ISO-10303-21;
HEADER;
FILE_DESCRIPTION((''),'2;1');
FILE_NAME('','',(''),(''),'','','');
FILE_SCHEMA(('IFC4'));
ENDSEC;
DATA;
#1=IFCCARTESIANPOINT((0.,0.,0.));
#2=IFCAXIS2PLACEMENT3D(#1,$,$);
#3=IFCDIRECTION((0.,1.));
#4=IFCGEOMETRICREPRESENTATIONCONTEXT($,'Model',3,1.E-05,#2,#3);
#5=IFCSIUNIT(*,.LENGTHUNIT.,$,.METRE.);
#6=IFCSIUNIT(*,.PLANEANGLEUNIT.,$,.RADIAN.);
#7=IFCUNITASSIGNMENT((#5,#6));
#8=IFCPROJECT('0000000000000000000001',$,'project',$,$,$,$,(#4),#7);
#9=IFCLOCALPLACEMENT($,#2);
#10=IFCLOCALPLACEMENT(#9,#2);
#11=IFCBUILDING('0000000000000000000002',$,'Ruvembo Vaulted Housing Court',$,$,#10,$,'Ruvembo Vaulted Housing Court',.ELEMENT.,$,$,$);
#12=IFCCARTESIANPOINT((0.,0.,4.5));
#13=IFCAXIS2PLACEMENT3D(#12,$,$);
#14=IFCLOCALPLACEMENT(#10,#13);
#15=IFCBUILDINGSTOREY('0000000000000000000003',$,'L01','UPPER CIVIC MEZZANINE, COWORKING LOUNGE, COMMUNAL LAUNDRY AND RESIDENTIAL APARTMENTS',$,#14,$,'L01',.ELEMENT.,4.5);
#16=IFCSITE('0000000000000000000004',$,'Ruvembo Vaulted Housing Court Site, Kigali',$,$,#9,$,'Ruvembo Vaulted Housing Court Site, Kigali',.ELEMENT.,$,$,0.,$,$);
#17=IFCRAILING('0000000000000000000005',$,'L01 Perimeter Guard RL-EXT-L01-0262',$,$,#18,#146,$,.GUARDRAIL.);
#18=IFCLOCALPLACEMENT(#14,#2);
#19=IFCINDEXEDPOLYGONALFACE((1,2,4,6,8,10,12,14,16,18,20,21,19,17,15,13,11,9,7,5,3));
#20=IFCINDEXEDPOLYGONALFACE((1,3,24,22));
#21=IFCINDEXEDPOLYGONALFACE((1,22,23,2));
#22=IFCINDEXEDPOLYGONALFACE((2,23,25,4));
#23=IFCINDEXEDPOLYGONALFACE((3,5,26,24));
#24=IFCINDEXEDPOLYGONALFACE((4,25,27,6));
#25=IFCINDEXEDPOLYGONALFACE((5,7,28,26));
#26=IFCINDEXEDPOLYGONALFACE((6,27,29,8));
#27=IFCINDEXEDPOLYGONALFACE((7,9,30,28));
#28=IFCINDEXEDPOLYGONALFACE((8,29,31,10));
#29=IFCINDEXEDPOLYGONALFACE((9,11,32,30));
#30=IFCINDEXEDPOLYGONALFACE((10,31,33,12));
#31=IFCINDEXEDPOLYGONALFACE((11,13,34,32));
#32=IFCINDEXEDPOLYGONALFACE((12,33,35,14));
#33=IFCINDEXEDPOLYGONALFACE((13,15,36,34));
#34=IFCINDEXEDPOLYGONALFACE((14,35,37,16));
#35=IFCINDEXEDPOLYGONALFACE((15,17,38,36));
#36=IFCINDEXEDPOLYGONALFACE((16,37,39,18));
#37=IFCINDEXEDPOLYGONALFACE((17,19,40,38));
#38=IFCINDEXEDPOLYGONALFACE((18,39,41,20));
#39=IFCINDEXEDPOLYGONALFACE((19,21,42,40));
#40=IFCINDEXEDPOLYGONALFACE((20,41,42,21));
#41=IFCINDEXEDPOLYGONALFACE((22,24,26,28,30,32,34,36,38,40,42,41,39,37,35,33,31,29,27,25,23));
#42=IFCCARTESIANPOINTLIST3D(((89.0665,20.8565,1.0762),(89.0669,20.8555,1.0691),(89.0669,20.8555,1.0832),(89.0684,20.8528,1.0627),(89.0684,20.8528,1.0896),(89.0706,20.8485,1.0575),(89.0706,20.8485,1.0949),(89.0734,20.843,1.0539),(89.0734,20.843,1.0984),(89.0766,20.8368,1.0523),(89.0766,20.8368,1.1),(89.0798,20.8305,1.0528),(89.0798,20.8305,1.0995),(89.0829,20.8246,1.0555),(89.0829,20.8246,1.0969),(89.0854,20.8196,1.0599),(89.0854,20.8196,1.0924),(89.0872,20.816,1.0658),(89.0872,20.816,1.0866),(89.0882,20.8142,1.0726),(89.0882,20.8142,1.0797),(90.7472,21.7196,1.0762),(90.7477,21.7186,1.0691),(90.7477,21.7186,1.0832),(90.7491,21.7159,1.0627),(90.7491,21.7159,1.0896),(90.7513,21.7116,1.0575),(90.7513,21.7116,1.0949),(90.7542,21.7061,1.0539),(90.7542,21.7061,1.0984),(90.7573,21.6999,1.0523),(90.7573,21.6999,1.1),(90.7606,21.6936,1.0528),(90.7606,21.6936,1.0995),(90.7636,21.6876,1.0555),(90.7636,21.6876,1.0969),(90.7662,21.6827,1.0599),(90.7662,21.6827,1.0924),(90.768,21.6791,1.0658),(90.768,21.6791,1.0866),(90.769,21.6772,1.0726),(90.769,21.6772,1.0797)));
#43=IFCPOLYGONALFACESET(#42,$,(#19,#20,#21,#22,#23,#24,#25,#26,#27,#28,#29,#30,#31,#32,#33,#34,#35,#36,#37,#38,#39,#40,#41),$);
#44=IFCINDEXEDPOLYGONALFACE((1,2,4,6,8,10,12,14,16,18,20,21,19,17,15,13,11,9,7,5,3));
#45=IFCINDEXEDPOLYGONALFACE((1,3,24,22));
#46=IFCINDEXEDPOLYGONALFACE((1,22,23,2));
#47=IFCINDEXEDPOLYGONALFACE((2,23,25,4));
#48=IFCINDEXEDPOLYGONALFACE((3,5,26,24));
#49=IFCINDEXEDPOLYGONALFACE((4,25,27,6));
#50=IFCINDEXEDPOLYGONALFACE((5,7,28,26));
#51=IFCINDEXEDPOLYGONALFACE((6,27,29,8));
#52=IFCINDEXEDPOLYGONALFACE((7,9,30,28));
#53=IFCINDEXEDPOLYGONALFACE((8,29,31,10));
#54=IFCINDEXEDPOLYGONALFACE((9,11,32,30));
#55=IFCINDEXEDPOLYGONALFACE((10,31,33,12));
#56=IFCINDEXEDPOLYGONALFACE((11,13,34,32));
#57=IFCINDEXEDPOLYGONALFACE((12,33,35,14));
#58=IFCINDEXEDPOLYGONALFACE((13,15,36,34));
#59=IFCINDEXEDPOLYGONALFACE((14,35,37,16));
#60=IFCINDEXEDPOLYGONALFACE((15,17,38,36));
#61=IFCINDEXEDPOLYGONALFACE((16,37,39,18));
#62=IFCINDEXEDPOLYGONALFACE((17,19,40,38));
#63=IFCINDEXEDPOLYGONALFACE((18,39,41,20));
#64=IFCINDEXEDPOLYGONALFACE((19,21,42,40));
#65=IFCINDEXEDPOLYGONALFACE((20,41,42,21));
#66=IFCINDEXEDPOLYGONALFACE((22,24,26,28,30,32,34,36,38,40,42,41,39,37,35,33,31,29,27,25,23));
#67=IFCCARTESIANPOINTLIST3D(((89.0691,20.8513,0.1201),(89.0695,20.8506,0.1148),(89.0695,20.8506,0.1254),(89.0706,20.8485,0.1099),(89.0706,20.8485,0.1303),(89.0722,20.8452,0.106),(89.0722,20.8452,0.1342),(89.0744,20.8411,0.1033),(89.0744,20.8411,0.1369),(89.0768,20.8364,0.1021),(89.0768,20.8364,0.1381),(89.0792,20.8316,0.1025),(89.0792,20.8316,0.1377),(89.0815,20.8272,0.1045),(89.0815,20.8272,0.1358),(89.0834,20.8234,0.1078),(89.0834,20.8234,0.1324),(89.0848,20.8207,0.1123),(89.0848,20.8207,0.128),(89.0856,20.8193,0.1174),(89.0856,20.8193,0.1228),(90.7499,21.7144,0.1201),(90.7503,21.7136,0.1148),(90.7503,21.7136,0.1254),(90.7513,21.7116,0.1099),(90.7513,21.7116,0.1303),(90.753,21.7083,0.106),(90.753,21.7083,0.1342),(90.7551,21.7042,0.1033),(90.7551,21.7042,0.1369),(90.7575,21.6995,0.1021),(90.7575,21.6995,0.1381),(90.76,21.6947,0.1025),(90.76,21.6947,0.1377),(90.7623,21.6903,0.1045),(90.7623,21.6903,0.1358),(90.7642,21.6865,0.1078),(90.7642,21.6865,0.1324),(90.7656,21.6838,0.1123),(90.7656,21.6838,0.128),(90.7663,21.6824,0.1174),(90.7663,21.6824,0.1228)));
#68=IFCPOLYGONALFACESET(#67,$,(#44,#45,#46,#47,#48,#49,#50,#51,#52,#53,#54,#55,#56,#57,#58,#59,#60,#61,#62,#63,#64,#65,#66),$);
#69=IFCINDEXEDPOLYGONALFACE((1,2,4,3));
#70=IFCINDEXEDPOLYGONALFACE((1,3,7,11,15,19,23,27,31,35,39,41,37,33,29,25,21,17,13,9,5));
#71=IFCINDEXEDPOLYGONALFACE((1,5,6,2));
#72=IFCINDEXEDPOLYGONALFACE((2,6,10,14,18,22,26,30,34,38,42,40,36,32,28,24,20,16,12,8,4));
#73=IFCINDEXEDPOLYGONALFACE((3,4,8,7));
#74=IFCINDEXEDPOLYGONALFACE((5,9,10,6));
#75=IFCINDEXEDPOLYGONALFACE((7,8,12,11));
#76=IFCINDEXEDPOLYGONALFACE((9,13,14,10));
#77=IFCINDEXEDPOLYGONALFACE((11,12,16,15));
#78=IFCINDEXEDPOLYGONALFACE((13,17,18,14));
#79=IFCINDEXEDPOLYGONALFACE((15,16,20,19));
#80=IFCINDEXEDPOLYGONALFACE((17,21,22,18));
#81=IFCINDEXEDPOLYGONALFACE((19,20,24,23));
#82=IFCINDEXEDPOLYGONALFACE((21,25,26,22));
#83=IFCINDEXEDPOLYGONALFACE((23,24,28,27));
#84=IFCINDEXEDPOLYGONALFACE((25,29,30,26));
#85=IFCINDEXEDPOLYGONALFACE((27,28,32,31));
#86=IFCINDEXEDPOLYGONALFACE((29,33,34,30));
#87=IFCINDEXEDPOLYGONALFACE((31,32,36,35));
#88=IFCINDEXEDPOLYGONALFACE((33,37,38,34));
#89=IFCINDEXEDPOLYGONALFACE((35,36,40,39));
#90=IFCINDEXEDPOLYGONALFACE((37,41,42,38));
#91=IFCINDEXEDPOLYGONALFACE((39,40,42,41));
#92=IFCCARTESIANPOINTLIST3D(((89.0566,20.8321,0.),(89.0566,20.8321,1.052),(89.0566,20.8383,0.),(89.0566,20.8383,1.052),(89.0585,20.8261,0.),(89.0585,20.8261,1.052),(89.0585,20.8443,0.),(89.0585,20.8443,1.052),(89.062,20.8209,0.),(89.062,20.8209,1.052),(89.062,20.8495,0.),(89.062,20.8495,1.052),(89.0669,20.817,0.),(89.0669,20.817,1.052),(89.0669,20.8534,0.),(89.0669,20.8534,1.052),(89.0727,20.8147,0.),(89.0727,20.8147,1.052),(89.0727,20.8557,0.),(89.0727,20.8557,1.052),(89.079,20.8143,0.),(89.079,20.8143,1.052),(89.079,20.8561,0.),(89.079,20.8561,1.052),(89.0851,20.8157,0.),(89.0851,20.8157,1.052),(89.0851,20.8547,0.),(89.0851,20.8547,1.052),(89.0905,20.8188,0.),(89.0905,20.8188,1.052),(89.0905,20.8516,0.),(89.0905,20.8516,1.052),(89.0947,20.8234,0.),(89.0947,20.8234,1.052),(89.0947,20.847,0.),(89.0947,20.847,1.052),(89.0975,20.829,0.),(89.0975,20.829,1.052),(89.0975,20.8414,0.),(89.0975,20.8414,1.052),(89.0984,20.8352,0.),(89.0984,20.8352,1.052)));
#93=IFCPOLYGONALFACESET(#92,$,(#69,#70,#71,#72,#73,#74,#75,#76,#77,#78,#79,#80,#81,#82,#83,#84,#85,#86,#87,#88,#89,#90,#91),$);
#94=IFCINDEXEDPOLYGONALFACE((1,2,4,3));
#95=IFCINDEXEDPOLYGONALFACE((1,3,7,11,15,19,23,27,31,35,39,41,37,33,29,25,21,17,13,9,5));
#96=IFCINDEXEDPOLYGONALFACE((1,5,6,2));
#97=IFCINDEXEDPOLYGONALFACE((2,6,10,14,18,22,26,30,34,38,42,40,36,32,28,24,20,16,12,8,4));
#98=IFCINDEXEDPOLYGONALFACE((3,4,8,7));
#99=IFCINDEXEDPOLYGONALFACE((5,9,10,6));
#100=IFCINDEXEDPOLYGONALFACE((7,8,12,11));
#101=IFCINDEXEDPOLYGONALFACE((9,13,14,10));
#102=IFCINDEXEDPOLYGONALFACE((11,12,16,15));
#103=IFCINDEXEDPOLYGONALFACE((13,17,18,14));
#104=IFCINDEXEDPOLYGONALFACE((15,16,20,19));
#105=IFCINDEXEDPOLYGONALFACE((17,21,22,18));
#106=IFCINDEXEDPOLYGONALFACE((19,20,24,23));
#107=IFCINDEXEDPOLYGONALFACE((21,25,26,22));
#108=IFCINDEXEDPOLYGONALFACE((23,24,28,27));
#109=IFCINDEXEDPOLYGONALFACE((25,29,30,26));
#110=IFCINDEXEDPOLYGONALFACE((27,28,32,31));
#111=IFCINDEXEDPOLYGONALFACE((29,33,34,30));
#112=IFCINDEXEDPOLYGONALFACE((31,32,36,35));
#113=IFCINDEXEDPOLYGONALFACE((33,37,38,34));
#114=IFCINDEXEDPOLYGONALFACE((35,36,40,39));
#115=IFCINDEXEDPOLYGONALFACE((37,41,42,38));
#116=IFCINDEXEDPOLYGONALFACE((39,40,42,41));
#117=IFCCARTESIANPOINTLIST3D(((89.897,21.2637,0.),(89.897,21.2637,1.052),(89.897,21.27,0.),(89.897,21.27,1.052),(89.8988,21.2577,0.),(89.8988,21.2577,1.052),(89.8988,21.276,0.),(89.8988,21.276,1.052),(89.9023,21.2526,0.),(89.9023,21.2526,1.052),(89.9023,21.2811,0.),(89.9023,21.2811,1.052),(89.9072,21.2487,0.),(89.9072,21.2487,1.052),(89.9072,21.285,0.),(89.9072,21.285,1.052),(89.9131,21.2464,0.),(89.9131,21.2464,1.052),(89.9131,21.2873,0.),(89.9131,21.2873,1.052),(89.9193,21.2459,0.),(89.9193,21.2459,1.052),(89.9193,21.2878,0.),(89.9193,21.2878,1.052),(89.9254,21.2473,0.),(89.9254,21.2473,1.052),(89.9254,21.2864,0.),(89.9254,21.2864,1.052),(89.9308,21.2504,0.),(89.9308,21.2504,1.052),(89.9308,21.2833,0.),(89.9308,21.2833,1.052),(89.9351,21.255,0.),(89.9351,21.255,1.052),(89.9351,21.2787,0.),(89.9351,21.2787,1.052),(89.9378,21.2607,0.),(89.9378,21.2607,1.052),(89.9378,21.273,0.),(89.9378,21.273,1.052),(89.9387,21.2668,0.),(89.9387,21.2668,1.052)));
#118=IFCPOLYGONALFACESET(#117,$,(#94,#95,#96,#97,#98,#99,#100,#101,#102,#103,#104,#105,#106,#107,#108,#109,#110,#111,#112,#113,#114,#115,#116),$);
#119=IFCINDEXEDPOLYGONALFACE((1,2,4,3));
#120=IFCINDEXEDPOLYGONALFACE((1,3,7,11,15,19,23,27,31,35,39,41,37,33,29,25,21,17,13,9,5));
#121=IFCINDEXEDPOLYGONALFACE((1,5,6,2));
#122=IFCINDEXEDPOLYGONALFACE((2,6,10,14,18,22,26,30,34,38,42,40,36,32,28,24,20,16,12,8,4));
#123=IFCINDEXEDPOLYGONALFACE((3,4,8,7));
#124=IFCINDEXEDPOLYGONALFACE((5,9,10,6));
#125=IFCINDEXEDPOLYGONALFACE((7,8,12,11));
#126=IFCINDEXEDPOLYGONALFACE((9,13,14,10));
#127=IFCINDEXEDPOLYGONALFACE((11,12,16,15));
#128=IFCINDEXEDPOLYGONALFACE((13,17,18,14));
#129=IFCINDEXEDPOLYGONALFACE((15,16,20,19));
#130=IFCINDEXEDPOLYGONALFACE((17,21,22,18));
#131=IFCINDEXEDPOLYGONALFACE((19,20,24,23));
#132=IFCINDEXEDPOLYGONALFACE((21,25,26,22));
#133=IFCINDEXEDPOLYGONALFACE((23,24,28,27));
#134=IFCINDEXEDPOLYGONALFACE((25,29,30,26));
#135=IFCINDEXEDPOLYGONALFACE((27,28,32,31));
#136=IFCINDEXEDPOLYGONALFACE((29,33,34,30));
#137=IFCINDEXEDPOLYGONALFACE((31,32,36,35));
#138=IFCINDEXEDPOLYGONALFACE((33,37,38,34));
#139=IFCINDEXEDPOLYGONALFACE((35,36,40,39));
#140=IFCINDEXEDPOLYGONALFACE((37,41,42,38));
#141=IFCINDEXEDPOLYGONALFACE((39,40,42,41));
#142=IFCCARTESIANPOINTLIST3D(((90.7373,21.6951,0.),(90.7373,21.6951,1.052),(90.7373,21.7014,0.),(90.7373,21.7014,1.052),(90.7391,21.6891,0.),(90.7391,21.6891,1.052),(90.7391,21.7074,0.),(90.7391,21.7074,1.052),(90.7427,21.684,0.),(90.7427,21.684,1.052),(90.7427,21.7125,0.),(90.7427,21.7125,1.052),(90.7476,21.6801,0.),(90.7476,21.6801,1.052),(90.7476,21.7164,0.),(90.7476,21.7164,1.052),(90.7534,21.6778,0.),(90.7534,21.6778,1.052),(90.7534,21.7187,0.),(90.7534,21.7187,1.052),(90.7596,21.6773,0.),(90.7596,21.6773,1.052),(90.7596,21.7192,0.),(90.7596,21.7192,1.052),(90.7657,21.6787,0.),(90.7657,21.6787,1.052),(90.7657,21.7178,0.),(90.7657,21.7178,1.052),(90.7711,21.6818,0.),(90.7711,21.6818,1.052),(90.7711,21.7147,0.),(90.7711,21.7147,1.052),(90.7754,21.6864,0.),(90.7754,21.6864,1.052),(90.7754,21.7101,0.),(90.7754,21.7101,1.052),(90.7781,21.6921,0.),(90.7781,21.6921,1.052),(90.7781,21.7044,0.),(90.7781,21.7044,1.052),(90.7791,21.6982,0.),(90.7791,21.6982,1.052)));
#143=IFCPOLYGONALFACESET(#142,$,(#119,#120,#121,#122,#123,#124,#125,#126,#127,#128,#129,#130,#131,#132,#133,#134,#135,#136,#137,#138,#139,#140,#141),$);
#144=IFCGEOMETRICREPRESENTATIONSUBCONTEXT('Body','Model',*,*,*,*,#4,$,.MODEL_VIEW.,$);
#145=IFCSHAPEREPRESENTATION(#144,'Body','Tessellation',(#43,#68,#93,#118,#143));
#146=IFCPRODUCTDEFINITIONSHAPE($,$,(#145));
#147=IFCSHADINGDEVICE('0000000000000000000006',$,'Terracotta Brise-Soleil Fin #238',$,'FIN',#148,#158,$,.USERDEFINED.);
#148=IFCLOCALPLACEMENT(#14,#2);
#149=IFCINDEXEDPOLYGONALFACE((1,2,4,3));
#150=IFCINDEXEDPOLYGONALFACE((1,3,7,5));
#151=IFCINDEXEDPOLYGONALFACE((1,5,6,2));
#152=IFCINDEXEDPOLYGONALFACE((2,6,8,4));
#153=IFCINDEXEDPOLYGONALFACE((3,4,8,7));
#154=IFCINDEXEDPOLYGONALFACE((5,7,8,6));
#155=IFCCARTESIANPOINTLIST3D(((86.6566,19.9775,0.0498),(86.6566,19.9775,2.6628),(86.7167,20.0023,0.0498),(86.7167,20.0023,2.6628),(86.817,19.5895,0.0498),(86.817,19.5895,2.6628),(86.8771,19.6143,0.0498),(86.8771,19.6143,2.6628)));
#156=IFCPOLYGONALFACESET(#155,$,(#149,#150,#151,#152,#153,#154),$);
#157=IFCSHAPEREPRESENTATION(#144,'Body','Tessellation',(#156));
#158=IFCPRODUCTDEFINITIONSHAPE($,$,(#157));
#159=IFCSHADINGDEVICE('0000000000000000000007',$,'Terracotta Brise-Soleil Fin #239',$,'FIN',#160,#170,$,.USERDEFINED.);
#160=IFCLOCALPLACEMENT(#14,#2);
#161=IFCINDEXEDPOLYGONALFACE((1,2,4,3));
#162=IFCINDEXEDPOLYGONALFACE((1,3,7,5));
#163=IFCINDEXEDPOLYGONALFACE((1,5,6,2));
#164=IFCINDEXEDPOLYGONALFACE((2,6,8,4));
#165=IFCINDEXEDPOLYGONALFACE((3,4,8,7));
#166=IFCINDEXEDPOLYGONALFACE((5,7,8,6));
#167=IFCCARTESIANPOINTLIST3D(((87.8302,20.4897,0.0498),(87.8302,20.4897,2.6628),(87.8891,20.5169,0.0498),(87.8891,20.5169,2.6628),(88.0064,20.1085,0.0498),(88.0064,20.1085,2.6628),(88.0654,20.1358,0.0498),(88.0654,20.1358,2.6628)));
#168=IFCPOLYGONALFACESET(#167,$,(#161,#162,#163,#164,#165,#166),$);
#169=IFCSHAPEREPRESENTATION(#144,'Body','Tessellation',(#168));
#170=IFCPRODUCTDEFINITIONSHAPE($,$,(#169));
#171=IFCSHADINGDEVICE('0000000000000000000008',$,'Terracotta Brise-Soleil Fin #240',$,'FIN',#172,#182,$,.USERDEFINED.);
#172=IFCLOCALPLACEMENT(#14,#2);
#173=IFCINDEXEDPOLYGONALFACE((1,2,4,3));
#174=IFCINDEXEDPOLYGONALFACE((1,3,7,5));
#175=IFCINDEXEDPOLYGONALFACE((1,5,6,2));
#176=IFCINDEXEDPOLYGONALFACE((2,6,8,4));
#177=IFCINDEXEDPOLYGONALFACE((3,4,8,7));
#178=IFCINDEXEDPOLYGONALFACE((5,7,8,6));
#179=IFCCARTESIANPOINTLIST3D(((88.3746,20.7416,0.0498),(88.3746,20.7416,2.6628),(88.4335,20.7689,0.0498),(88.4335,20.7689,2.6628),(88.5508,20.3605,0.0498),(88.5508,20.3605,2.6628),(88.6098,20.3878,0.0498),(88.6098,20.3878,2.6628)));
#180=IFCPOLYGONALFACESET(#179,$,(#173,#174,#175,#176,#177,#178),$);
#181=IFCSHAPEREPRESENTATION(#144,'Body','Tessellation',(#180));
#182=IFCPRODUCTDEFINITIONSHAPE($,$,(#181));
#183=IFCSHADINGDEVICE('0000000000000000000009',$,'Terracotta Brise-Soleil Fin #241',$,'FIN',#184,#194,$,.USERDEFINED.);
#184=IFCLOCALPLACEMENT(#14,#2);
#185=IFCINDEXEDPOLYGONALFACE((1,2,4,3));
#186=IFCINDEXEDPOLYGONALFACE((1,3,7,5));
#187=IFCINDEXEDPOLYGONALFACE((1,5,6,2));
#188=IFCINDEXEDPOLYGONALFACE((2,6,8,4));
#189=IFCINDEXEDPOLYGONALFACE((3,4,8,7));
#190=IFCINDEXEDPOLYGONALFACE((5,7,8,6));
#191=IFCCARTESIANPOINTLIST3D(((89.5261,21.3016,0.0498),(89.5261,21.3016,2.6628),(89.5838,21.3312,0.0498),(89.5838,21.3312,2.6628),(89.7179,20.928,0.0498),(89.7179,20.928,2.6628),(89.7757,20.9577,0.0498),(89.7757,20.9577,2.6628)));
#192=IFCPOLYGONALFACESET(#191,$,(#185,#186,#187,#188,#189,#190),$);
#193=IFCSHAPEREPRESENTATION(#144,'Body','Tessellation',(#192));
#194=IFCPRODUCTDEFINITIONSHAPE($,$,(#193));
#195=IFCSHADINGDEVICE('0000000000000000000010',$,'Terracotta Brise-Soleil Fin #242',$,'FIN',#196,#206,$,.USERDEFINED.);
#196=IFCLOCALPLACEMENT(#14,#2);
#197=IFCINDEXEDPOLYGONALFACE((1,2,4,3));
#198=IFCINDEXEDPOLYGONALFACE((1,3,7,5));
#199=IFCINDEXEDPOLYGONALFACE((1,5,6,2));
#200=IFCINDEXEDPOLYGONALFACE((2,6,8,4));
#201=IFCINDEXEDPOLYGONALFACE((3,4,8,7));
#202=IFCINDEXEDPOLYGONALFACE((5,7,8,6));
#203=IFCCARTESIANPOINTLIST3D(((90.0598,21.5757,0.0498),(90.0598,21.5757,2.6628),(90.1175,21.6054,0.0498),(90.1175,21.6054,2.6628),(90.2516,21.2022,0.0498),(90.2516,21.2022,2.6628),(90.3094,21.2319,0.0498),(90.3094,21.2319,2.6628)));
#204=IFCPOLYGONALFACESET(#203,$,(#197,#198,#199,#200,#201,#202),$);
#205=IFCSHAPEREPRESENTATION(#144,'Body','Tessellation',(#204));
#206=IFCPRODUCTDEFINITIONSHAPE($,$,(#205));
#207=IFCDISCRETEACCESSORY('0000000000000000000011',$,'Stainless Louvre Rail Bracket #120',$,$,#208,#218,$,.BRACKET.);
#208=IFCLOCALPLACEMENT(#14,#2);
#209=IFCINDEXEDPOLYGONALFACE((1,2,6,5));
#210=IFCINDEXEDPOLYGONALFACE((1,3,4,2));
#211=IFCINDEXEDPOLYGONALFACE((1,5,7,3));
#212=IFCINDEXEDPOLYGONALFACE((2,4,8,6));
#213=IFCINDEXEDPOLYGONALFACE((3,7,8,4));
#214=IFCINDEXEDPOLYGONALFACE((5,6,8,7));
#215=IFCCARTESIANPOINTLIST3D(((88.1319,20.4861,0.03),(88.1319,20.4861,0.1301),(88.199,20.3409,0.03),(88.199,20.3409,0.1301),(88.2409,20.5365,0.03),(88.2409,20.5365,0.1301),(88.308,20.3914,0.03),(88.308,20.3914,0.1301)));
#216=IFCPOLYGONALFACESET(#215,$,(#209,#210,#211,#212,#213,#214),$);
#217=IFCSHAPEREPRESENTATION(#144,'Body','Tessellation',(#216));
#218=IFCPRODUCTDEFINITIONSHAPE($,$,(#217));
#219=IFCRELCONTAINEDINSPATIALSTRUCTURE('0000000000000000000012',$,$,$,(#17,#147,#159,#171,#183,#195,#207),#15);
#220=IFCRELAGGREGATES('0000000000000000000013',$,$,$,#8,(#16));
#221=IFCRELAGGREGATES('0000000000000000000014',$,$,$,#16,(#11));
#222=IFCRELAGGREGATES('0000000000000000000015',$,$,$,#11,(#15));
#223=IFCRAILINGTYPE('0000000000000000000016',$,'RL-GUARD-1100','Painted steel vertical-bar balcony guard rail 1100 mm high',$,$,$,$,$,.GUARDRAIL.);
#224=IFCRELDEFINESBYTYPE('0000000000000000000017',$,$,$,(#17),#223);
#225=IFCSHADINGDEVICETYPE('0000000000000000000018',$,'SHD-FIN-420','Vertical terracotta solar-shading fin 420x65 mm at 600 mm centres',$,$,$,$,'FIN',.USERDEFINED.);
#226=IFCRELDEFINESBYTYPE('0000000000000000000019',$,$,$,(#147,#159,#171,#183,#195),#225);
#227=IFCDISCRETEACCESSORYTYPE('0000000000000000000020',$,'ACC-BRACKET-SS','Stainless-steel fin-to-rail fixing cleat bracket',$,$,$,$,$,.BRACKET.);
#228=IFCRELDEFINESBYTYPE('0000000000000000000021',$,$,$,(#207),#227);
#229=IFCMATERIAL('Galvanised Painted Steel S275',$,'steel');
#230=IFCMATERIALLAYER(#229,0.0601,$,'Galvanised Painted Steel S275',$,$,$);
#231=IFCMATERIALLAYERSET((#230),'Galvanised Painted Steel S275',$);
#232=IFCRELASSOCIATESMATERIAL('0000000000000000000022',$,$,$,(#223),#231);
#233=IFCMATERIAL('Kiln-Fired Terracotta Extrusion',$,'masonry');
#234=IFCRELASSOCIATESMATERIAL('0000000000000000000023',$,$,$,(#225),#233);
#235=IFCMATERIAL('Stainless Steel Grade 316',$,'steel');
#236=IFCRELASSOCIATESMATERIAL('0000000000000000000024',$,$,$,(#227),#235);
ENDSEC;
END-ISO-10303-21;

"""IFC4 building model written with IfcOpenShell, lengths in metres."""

from ifc_helpers import new_model, si_unit, direction, frame, origin, origin_2d, place, context, subcontext, project, spatial, rectangle, circle, extrude, material, layer, layer_set, type_object, element, save


model = new_model("IFC4")

# Units and contexts
model_context = context("Model", 3, precision=1e-05, world=origin(), true_north=direction((0.0, 1.0)))
body_context = subcontext(model_context, "Body", "Model", "MODEL_VIEW")
ifc_project = project(units=[si_unit("LENGTHUNIT", "METRE"), si_unit("PLANEANGLEUNIT", "RADIAN")], contexts=[model_context])

# Site, building, storey
site_placement = place(None, origin())
site = spatial("IfcSite", under=ifc_project, at=site_placement, Name="Ruvembo Vaulted Housing Court Site, Kigali", LongName="Ruvembo Vaulted Housing Court Site, Kigali", CompositionType="ELEMENT", RefElevation=0.0)
building_placement = place(site_placement, origin())
building = spatial("IfcBuilding", under=site, at=building_placement, Name="Ruvembo Vaulted Housing Court", LongName="Ruvembo Vaulted Housing Court", CompositionType="ELEMENT")
storey_placement = place(building_placement, frame((0.0, 0.0, 4.5)))
storey = spatial("IfcBuildingStorey", under=building, at=storey_placement, Name="L01", Description="UPPER CIVIC MEZZANINE, COWORKING LOUNGE, COMMUNAL LAUNDRY AND RESIDENTIAL APARTMENTS", LongName="L01", CompositionType="ELEMENT", Elevation=4.5)

# Railing
ifc_material_1 = material(Name="Galvanised Painted Steel S275", Category="steel")
ifc_layer_1 = layer(ifc_material_1, 0.0601, Name="Galvanised Painted Steel S275")
ifc_layer_set_1 = layer_set([ifc_layer_1], Name="Galvanised Painted Steel S275")
railing_type = type_object("IfcRailingType", Name="RL-GUARD-1100", Description="Painted steel vertical-bar balcony guard rail 1100 mm high", PredefinedType="GUARDRAIL", material=ifc_layer_set_1)
railing_1_placement = place(storey_placement, frame((89.0774, 20.8352, 0.0)))
element("IfcRailing", 1, at=railing_1_placement, inside=storey, type_object=railing_type, Name="L01 Perimeter Guard RL-EXT-L01-0262", PredefinedType="GUARDRAIL", context=body_context, shape_type="SweptSolid", body=[
    extrude(circle(Radius=0.0239, at=origin_2d()), frame((0.0, 0.0, 1.0762), z_axis=(0.889568, 0.456802, 0.0), x_axis=(-0.456802, 0.889568, 0.0)), (0.0, 0.0, 1.0), 1.8894),
    extrude(circle(Radius=0.0181, at=origin_2d()), frame((0.0, 0.0, 0.1201), z_axis=(0.889568, 0.456802, 0.0), x_axis=(-0.456802, 0.889568, 0.0)), (0.0, 0.0, 1.0), 1.8894),
    extrude(circle(Radius=0.021, at=origin_2d()), origin(), (0.0, 0.0, 1.0), 1.052),
    extrude(circle(Radius=0.021, at=origin_2d()), frame((0.8403, 0.4316, 0.0)), (0.0, 0.0, 1.0), 1.052),
    extrude(circle(Radius=0.021, at=origin_2d()), frame((1.6807, 0.863, 0.0)), (0.0, 0.0, 1.0), 1.052),
])

# Shading devices
ifc_material_2 = material(Name="Kiln-Fired Terracotta Extrusion", Category="masonry")
shading_device_type = type_object("IfcShadingDeviceType", Name="SHD-FIN-420", Description="Vertical terracotta solar-shading fin 420x65 mm at 600 mm centres", ElementType="FIN", PredefinedType="USERDEFINED", material=ifc_material_2)
for number, where, z_axis, x_axis, name in (
    (2, (86.7668, 19.7959, 0.0498), (0.0, 0.0, 1.0), (0.381958, -0.92418, 0.0), "Terracotta Brise-Soleil Fin #238"),
    (3, (87.9478, 20.3127, 0.0498), (0.0, 0.0, 1.0), (0.419737, -0.907646, 0.0), "Terracotta Brise-Soleil Fin #239"),
    (4, (88.4922, 20.5647, 0.0498), (0.0, 0.0, 1.0), (0.419737, -0.907646, 0.0), "Terracotta Brise-Soleil Fin #240"),
    (5, (89.6509, 21.1296, 0.0498), (0.0, 0.0, 1.0), (0.45685, -0.889544, 0.0), "Terracotta Brise-Soleil Fin #241"),
    (6, (90.1846, 21.4038, 0.0498), (0.0, 0.0, 1.0), (0.45685, -0.889544, 0.0), "Terracotta Brise-Soleil Fin #242"),
):
    element("IfcShadingDevice", number, at=place(storey_placement, frame(where, z_axis=z_axis, x_axis=x_axis)), inside=storey, type_object=shading_device_type, Name=name, ObjectType="FIN", PredefinedType="USERDEFINED", context=body_context, shape_type="SweptSolid", body=[
        extrude(rectangle(XDim=0.4199, YDim=0.0649, at=origin_2d()), origin(), (0.0, 0.0, 1.0), 2.613),
    ])

# Discrete accessory
ifc_material_3 = material(Name="Stainless Steel Grade 316", Category="steel")
discrete_accessory_type = type_object("IfcDiscreteAccessoryType", Name="ACC-BRACKET-SS", Description="Stainless-steel fin-to-rail fixing cleat bracket", PredefinedType="BRACKET", material=ifc_material_3)
for number, where, z_axis, x_axis, name in (
    (7, (88.22, 20.4387, 0.03), (0.0, 0.0, 1.0), (0.419737, -0.907646, 0.0), "Stainless Louvre Rail Bracket #120"),
):
    element("IfcDiscreteAccessory", number, at=place(storey_placement, frame(where, z_axis=z_axis, x_axis=x_axis)), inside=storey, type_object=discrete_accessory_type, Name=name, PredefinedType="BRACKET", context=body_context, shape_type="SweptSolid", body=[
        extrude(rectangle(XDim=0.1599, YDim=0.1201, at=origin_2d()), origin(), (0.0, 0.0, 1.0), 0.1001),
    ])

save(model, "model.ifc")
